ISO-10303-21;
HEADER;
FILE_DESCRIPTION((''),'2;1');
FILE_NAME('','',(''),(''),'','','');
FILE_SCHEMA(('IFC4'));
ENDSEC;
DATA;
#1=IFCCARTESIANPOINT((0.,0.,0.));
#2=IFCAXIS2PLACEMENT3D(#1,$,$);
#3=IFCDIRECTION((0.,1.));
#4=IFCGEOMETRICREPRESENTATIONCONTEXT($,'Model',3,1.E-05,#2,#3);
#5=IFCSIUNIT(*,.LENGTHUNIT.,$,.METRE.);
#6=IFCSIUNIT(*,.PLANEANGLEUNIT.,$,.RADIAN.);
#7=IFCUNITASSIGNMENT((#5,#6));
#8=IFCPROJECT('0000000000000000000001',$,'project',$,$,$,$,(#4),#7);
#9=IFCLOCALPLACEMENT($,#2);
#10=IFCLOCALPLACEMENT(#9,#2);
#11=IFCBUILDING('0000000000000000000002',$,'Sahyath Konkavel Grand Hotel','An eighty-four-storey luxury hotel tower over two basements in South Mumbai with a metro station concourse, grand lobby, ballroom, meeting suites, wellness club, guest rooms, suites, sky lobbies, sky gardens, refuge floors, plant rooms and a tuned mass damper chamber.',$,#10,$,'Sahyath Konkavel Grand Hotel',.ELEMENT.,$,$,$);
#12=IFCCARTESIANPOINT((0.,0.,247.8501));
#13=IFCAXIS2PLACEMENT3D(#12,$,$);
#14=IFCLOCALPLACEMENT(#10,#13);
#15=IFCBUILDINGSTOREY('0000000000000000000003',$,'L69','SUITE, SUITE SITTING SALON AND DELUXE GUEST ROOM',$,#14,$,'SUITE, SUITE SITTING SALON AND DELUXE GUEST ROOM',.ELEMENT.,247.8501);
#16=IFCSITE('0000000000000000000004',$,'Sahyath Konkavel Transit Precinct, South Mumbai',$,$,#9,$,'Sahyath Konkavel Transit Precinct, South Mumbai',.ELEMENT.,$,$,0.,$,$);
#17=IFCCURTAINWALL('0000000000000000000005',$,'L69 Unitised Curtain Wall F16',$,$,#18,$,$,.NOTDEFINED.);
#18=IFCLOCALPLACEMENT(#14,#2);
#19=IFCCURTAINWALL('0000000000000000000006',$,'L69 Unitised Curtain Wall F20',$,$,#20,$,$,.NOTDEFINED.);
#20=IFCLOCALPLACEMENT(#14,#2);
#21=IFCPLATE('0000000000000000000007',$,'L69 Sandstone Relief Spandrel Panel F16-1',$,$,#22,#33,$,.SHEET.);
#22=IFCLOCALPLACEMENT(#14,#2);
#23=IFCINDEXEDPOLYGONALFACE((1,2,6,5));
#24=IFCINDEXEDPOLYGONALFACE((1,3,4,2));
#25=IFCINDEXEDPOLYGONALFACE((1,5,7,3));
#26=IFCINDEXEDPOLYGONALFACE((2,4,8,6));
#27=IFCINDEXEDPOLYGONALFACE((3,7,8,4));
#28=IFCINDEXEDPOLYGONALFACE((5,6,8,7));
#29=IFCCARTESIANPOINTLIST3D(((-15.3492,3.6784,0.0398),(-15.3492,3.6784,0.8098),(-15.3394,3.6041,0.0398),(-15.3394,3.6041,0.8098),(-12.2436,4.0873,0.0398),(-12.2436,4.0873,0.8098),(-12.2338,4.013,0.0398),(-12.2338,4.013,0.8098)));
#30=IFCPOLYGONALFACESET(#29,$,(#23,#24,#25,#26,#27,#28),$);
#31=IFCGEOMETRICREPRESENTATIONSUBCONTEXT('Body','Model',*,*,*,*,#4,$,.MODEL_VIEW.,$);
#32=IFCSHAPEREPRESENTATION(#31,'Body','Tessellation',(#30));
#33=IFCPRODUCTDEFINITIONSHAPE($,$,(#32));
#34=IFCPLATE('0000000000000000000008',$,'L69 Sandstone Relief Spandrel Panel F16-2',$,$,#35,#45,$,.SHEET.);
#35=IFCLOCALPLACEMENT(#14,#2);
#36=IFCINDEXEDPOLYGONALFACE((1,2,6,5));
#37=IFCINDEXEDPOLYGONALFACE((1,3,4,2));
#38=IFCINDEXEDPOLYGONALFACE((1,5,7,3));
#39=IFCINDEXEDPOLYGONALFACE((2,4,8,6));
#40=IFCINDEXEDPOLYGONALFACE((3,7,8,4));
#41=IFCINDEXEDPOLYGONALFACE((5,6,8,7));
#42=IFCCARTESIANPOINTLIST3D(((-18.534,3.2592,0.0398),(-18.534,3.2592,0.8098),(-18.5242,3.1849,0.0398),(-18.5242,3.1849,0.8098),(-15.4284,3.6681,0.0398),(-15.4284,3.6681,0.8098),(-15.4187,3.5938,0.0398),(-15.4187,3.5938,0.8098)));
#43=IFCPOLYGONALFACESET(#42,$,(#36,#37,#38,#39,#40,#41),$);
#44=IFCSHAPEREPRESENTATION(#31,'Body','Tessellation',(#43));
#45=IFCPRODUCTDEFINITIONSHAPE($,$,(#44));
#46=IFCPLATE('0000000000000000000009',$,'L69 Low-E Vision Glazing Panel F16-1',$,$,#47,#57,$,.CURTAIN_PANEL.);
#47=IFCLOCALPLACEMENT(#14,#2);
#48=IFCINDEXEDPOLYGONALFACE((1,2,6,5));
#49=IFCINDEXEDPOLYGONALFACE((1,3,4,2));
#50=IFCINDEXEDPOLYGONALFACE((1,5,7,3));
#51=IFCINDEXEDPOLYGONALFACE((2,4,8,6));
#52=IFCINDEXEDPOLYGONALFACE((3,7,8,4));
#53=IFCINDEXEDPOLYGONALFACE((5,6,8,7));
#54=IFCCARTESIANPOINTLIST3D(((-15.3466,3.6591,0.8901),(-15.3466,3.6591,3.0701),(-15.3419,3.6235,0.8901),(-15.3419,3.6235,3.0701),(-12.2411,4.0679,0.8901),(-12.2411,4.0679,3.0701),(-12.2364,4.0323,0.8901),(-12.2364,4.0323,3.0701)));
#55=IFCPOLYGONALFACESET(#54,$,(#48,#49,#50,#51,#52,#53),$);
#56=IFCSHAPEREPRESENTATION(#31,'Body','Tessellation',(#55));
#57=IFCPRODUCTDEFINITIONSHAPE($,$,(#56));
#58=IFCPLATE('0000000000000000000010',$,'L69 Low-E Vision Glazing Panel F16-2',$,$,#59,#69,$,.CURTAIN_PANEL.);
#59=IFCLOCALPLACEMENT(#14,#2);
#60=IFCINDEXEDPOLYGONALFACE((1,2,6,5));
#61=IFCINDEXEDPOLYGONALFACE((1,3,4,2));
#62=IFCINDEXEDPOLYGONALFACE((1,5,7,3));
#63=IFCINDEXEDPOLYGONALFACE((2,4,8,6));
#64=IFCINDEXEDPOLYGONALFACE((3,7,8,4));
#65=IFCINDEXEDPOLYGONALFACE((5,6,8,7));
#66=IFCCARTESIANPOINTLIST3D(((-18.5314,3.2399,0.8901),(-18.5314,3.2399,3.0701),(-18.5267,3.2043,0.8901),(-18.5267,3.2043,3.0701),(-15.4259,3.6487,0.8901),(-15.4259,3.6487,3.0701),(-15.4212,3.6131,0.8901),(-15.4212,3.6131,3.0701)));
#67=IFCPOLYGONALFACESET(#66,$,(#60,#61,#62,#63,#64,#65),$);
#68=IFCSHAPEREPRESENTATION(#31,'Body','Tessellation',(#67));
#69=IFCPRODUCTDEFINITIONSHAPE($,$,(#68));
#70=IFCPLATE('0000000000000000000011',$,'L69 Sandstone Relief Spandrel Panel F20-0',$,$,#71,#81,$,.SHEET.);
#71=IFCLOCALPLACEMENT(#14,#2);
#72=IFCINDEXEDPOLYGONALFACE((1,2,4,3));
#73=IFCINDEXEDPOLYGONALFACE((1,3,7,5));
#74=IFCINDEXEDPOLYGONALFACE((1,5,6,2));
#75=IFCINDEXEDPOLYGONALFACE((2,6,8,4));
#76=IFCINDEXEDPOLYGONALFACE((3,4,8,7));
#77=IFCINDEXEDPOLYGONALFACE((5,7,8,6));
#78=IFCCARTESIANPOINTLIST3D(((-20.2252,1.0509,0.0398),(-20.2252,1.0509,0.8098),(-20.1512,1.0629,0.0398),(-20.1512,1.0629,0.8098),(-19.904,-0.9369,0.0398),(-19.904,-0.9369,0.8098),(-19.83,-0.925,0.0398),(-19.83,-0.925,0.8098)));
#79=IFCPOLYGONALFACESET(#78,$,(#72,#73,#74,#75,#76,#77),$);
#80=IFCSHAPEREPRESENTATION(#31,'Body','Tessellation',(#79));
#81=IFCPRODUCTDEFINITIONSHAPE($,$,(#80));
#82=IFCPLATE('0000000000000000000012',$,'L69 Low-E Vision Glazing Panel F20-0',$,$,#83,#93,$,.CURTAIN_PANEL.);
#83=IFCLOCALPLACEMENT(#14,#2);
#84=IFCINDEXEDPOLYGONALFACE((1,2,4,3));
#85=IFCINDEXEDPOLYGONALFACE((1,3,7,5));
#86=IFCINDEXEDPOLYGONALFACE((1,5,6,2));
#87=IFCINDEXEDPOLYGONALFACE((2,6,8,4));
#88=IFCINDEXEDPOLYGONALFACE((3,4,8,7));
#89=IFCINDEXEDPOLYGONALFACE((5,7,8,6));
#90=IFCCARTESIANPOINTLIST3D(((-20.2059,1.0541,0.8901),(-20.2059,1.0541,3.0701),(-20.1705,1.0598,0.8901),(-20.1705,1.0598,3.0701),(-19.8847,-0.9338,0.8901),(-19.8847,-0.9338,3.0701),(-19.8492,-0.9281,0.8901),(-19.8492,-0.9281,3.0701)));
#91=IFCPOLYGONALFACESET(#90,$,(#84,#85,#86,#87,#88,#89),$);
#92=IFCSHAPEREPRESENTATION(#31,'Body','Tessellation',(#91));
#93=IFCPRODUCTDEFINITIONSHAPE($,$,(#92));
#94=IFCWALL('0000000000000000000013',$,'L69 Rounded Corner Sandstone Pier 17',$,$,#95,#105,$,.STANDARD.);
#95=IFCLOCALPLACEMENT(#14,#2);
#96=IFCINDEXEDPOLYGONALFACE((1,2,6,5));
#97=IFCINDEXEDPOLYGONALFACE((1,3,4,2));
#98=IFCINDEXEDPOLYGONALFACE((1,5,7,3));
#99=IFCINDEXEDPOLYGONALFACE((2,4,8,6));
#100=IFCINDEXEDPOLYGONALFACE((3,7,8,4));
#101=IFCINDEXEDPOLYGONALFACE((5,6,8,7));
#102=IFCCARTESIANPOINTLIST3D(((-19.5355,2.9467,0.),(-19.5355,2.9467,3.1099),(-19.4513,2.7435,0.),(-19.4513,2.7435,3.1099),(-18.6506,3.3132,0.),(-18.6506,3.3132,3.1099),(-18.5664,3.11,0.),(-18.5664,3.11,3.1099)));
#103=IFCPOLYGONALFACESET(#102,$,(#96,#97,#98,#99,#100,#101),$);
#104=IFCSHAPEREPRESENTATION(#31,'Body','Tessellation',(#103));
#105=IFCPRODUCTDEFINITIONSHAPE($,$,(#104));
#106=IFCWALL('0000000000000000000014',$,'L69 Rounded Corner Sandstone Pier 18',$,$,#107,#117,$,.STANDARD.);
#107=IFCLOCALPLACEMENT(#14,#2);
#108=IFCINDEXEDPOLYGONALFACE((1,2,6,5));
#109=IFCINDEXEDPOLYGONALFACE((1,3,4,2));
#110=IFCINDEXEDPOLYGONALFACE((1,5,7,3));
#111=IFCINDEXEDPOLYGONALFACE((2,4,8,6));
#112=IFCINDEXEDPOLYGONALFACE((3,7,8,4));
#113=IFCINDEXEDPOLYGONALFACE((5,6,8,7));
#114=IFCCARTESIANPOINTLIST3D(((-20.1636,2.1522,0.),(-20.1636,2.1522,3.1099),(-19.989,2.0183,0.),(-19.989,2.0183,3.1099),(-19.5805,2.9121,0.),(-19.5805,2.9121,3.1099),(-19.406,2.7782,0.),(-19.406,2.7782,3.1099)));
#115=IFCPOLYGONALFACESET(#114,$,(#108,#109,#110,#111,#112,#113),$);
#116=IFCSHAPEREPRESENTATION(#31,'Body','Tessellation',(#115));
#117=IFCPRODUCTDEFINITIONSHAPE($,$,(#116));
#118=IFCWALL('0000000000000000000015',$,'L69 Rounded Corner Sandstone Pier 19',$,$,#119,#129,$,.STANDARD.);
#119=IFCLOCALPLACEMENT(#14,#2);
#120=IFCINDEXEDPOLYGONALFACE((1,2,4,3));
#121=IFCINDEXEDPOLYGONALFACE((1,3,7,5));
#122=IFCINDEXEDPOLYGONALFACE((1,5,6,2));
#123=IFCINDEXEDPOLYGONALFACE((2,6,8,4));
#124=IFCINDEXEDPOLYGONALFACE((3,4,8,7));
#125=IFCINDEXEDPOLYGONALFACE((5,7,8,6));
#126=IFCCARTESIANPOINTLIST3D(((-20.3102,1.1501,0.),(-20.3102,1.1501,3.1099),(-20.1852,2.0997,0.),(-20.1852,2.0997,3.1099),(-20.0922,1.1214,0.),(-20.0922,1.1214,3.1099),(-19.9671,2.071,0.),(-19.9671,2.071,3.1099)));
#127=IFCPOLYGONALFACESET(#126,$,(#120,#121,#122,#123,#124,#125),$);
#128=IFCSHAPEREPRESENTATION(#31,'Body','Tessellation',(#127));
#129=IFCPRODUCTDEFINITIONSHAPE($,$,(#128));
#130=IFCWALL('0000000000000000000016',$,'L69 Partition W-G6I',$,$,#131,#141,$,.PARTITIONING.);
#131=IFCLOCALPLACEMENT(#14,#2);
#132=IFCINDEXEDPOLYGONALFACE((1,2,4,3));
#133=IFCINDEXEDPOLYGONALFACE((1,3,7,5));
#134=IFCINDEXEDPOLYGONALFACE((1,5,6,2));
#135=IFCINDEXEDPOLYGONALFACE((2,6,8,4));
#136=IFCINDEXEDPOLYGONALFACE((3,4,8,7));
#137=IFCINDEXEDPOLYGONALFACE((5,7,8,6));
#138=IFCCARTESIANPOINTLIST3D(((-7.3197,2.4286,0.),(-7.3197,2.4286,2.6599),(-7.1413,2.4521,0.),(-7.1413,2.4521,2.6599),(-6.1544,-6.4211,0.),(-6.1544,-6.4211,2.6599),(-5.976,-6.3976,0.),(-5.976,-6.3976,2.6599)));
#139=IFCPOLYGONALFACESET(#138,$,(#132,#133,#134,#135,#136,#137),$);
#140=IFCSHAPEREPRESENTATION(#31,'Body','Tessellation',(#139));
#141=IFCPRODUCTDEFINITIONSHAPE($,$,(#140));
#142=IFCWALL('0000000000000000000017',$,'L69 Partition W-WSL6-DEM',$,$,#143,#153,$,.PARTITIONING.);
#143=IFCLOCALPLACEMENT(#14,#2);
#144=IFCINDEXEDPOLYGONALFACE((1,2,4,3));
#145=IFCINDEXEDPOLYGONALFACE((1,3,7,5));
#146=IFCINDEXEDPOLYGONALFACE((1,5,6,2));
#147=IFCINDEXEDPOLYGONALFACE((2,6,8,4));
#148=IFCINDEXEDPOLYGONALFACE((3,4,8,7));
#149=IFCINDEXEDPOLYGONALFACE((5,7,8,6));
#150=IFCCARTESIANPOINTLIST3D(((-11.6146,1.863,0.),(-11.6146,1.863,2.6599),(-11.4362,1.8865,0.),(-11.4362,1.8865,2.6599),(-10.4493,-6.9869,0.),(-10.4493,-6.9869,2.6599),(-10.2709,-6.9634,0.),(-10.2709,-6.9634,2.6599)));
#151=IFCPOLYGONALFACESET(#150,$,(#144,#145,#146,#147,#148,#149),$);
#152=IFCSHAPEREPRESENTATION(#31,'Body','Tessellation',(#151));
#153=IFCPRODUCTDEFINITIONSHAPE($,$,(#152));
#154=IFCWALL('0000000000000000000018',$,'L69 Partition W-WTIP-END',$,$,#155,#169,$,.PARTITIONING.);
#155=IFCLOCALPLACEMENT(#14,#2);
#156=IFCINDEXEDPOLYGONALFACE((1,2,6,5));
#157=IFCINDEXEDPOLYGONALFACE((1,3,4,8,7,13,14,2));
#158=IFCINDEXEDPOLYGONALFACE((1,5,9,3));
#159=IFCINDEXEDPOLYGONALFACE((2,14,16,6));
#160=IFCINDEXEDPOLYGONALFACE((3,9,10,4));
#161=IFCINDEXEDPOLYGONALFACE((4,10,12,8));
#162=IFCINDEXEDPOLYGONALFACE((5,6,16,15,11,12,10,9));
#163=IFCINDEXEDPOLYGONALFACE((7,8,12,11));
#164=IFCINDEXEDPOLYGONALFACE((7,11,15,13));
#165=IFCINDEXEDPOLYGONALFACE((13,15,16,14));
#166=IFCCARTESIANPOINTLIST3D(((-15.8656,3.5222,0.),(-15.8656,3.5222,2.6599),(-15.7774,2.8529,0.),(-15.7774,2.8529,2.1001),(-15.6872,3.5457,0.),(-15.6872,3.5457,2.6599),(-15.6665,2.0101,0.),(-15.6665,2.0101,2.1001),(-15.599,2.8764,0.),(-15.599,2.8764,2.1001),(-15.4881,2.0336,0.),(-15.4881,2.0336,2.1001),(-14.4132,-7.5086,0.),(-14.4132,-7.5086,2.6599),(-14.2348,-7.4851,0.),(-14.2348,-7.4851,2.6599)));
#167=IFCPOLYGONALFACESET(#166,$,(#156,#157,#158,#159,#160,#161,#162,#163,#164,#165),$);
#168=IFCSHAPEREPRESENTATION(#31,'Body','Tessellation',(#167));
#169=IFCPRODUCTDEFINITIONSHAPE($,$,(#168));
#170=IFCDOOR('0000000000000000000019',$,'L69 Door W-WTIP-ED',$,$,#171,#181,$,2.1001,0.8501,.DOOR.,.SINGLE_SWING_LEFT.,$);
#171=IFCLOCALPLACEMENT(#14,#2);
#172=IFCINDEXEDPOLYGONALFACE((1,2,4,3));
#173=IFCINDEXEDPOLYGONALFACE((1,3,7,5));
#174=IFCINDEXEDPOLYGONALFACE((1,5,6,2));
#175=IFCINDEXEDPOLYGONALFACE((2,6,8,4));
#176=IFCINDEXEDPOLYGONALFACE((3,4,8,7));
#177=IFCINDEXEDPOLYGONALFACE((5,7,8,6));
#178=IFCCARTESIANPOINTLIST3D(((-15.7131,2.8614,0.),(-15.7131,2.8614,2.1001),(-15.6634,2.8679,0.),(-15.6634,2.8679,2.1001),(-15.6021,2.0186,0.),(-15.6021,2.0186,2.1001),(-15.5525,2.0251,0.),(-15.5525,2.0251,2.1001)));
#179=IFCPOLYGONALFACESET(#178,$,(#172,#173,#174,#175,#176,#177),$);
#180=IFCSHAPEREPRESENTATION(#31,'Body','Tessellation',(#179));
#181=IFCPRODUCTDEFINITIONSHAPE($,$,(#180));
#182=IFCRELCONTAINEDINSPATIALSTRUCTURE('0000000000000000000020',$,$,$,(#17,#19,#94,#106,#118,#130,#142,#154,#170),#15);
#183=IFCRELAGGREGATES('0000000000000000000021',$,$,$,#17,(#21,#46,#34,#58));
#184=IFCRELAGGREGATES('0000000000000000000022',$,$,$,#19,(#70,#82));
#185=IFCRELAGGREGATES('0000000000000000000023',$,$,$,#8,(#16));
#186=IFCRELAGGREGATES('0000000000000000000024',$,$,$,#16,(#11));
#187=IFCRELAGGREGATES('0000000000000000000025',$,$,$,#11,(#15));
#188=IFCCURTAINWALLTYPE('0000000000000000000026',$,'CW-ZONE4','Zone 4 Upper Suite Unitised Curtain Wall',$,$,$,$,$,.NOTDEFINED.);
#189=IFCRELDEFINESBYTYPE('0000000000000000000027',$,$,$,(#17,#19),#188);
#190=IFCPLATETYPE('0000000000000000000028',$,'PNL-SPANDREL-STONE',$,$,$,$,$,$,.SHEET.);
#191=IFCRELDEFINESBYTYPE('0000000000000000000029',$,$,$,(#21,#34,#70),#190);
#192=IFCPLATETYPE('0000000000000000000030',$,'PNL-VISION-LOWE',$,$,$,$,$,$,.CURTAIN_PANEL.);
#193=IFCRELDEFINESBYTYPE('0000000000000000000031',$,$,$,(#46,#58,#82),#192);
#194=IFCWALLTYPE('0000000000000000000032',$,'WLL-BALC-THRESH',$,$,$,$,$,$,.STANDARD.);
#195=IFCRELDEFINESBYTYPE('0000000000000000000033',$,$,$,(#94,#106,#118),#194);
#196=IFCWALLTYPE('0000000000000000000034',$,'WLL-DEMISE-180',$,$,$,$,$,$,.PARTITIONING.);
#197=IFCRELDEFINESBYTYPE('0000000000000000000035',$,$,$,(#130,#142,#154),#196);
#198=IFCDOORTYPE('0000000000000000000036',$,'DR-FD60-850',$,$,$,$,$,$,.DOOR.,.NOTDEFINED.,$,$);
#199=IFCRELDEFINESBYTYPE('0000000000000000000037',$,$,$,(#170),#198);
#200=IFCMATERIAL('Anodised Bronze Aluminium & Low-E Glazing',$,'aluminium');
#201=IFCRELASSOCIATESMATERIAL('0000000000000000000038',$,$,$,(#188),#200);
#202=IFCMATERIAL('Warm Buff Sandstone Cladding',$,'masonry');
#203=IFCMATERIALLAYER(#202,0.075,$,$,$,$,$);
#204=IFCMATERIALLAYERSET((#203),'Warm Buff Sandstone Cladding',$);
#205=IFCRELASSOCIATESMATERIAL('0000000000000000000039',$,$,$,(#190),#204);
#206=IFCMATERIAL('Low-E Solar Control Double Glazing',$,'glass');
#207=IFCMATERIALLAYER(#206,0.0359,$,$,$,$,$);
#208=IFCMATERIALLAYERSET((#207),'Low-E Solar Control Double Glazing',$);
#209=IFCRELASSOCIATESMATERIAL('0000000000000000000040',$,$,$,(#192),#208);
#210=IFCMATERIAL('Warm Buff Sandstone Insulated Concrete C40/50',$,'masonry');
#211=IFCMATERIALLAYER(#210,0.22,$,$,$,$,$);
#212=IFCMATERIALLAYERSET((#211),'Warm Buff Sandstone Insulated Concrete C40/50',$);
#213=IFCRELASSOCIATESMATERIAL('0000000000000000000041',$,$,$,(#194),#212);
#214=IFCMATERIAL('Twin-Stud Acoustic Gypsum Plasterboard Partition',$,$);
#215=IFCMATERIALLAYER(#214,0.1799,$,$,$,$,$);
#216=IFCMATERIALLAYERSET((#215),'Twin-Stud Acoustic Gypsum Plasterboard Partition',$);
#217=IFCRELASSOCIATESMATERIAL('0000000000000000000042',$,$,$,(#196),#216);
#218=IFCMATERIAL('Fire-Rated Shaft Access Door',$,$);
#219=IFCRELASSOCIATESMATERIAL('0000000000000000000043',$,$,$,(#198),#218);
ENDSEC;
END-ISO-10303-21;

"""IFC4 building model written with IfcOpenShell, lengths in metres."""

from ifc_helpers import new_model, si_unit, direction, frame, frame_2d, origin, origin_2d, place, context, subcontext, project, spatial, rectangle, extrude, source, transform, mapped, material, layer, layer_set, type_object, element, fill, aggregate, save


model = new_model("IFC4")

# Units and contexts
model_context = context("Model", 3, precision=1e-05, world=origin(), true_north=direction((0.0, 1.0)))
body_context = subcontext(model_context, "Body", "Model", "MODEL_VIEW")
ifc_project = project(units=[si_unit("LENGTHUNIT", "METRE"), si_unit("PLANEANGLEUNIT", "RADIAN")], contexts=[model_context])

# Site, building, storey
site_placement = place(None, origin())
site = spatial("IfcSite", under=ifc_project, at=site_placement, Name="Sahyath Konkavel Transit Precinct, South Mumbai", LongName="Sahyath Konkavel Transit Precinct, South Mumbai", CompositionType="ELEMENT", RefElevation=0.0)
building_placement = place(site_placement, origin())
building = spatial("IfcBuilding", under=site, at=building_placement, Name="Sahyath Konkavel Grand Hotel", Description="An eighty-four-storey luxury hotel tower over two basements in South Mumbai with a metro station concourse, grand lobby, ballroom, meeting suites, wellness club, guest rooms, suites, sky lobbies, sky gardens, refuge floors, plant rooms and a tuned mass damper chamber.", LongName="Sahyath Konkavel Grand Hotel", CompositionType="ELEMENT")
storey_placement = place(building_placement, frame((0.0, 0.0, 247.8501)))
storey = spatial("IfcBuildingStorey", under=building, at=storey_placement, Name="L69", Description="SUITE, SUITE SITTING SALON AND DELUXE GUEST ROOM", LongName="SUITE, SUITE SITTING SALON AND DELUXE GUEST ROOM", CompositionType="ELEMENT", Elevation=247.8501)

# Curtain wall
ifc_material_1 = material(Name="Anodised Bronze Aluminium & Low-E Glazing", Category="aluminium")
curtain_wall_type = type_object("IfcCurtainWallType", Name="CW-ZONE4", Description="Zone 4 Upper Suite Unitised Curtain Wall", PredefinedType="NOTDEFINED", material=ifc_material_1)
curtain_wall_1_placement = place(storey_placement, origin())
curtain_wall_1 = element("IfcCurtainWall", 1, at=curtain_wall_1_placement, inside=storey, type_object=curtain_wall_type, Name="L69 Unitised Curtain Wall F16", PredefinedType="NOTDEFINED")

# Curtain wall
curtain_wall_2_placement = place(storey_placement, origin())
curtain_wall_2 = element("IfcCurtainWall", 2, at=curtain_wall_2_placement, inside=storey, type_object=curtain_wall_type, Name="L69 Unitised Curtain Wall F20", PredefinedType="NOTDEFINED")

# Plates
ifc_material_2 = material(Name="Warm Buff Sandstone Cladding", Category="masonry")
ifc_layer_1 = layer(ifc_material_2, 0.075)
ifc_layer_set_1 = layer_set([ifc_layer_1], Name="Warm Buff Sandstone Cladding")
plate_type_1 = type_object("IfcPlateType", Name="PNL-SPANDREL-STONE", PredefinedType="SHEET", material=ifc_layer_set_1)
shared_shape_1 = source(origin(), body_context, "Body", "SweptSolid", [
    extrude(rectangle(XDim=3.1323, YDim=0.075, at=origin_2d()), origin(), (0.0, 0.0, 1.0), 0.77),
])
plate_1_placement = place(storey_placement, frame((-13.7915, 3.8457, 0.0398), z_axis=(0.0, 0.0, 1.0), x_axis=(-0.991445, -0.130526, 0.0)))
plate_1 = element("IfcPlate", 3, at=plate_1_placement, type_object=plate_type_1, Name="L69 Sandstone Relief Spandrel Panel F16-1", PredefinedType="SHEET", context=body_context, shape_type="MappedRepresentation", body=[
    mapped(shared_shape_1, transform((0.0, 0.0, 0.0), scale=1.0)),
])
plate_2_placement = place(storey_placement, frame((-16.9763, 3.4265, 0.0398), z_axis=(0.0, 0.0, 1.0), x_axis=(-0.991445, -0.130526, 0.0)))
plate_2 = element("IfcPlate", 4, at=plate_2_placement, type_object=plate_type_1, Name="L69 Sandstone Relief Spandrel Panel F16-2", PredefinedType="SHEET", context=body_context, shape_type="MappedRepresentation", body=[
    mapped(shared_shape_1, transform((0.0, 0.0, 0.0), scale=1.0)),
])
ifc_material_3 = material(Name="Low-E Solar Control Double Glazing", Category="glass")
ifc_layer_2 = layer(ifc_material_3, 0.0359)
ifc_layer_set_2 = layer_set([ifc_layer_2], Name="Low-E Solar Control Double Glazing")
plate_type_2 = type_object("IfcPlateType", Name="PNL-VISION-LOWE", PredefinedType="CURTAIN_PANEL", material=ifc_layer_set_2)
shared_shape_2 = source(origin(), body_context, "Body", "SweptSolid", [
    extrude(rectangle(XDim=3.1323, YDim=0.0359, at=origin_2d()), origin(), (0.0, 0.0, 1.0), 2.1799),
])
plate_3_placement = place(storey_placement, frame((-13.7915, 3.8457, 0.8901), z_axis=(0.0, 0.0, 1.0), x_axis=(-0.991445, -0.130526, 0.0)))
plate_3 = element("IfcPlate", 5, at=plate_3_placement, type_object=plate_type_2, Name="L69 Low-E Vision Glazing Panel F16-1", PredefinedType="CURTAIN_PANEL", context=body_context, shape_type="MappedRepresentation", body=[
    mapped(shared_shape_2, transform((0.0, 0.0, 0.0), scale=1.0)),
])
plate_4_placement = place(storey_placement, frame((-16.9763, 3.4265, 0.8901), z_axis=(0.0, 0.0, 1.0), x_axis=(-0.991445, -0.130526, 0.0)))
plate_4 = element("IfcPlate", 6, at=plate_4_placement, type_object=plate_type_2, Name="L69 Low-E Vision Glazing Panel F16-2", PredefinedType="CURTAIN_PANEL", context=body_context, shape_type="MappedRepresentation", body=[
    mapped(shared_shape_2, transform((0.0, 0.0, 0.0), scale=1.0)),
])
aggregate(curtain_wall_1, [plate_1, plate_3, plate_2, plate_4])
shared_shape_3 = source(origin(), body_context, "Body", "SweptSolid", [
    extrude(rectangle(XDim=2.0137, YDim=0.075, at=origin_2d()), origin(), (0.0, 0.0, 1.0), 0.77),
])
plate_5_placement = place(storey_placement, frame((-20.0276, 0.063, 0.0398), z_axis=(0.0, 0.0, 1.0), x_axis=(0.159537, -0.987192, 0.0)))
plate_5 = element("IfcPlate", 7, at=plate_5_placement, type_object=plate_type_1, Name="L69 Sandstone Relief Spandrel Panel F20-0", PredefinedType="SHEET", context=body_context, shape_type="MappedRepresentation", body=[
    mapped(shared_shape_3, transform((0.0, 0.0, 0.0), scale=1.0)),
])
shared_shape_4 = source(origin(), body_context, "Body", "SweptSolid", [
    extrude(rectangle(XDim=2.0137, YDim=0.0359, at=origin_2d()), origin(), (0.0, 0.0, 1.0), 2.1799),
])
plate_6_placement = place(storey_placement, frame((-20.0276, 0.063, 0.8901), z_axis=(0.0, 0.0, 1.0), x_axis=(0.159537, -0.987192, 0.0)))
plate_6 = element("IfcPlate", 8, at=plate_6_placement, type_object=plate_type_2, Name="L69 Low-E Vision Glazing Panel F20-0", PredefinedType="CURTAIN_PANEL", context=body_context, shape_type="MappedRepresentation", body=[
    mapped(shared_shape_4, transform((0.0, 0.0, 0.0), scale=1.0)),
])
aggregate(curtain_wall_2, [plate_5, plate_6])

# Walls
ifc_material_4 = material(Name="Warm Buff Sandstone Insulated Concrete C40/50", Category="masonry")
ifc_layer_3 = layer(ifc_material_4, 0.22)
ifc_layer_set_3 = layer_set([ifc_layer_3], Name="Warm Buff Sandstone Insulated Concrete C40/50")
wall_type_1 = type_object("IfcWallType", Name="WLL-BALC-THRESH", PredefinedType="STANDARD", material=ifc_layer_set_3)
for number, where, z_axis, x_axis, name in (
    (9, (-18.6084, 3.2117, 0.0), (0.0, 0.0, 1.0), (-0.923889, -0.38266, 0.0), "L69 Rounded Corner Sandstone Pier 17"),
    (10, (-19.4932, 2.8452, 0.0), (0.0, 0.0, 1.0), (-0.608774, -0.793344, 0.0), "L69 Rounded Corner Sandstone Pier 18"),
    (11, (-20.0762, 2.0854, 0.0), (0.0, 0.0, 1.0), (-0.130527, -0.991445, 0.0), "L69 Rounded Corner Sandstone Pier 19"),
):
    element("IfcWall", number, at=place(storey_placement, frame(where, z_axis=z_axis, x_axis=x_axis)), inside=storey, type_object=wall_type_1, Name=name, PredefinedType="STANDARD", context=body_context, shape_type="SweptSolid", body=[
        extrude(rectangle(XDim=0.9578, YDim=0.22, at=frame_2d((0.479, 0.0))), origin(), (0.0, 0.0, 1.0), 3.1099),
    ])
ifc_material_5 = material(Name="Twin-Stud Acoustic Gypsum Plasterboard Partition")
ifc_layer_4 = layer(ifc_material_5, 0.1799)
ifc_layer_set_4 = layer_set([ifc_layer_4], Name="Twin-Stud Acoustic Gypsum Plasterboard Partition")
wall_type_2 = type_object("IfcWallType", Name="WLL-DEMISE-180", PredefinedType="PARTITIONING", material=ifc_layer_set_4)
wall_1_placement = place(storey_placement, frame((-7.2305, 2.4402, 0.0), z_axis=(0.0, 0.0, 1.0), x_axis=(0.130549, -0.991442, 0.0)))
element("IfcWall", 12, at=wall_1_placement, inside=storey, type_object=wall_type_2, Name="L69 Partition W-G6I", PredefinedType="PARTITIONING", context=body_context, shape_type="SweptSolid", body=[
    extrude(rectangle(XDim=8.926, YDim=0.1799, at=frame_2d((4.4629, 0.0))), origin(), (0.0, 0.0, 1.0), 2.6599),
])
wall_2_placement = place(storey_placement, frame((-11.5254, 1.8748, 0.0), z_axis=(0.0, 0.0, 1.0), x_axis=(0.130546, -0.991442, 0.0)))
element("IfcWall", 13, at=wall_2_placement, inside=storey, type_object=wall_type_2, Name="L69 Partition W-WSL6-DEM", PredefinedType="PARTITIONING", context=body_context, shape_type="SweptSolid", body=[
    extrude(rectangle(XDim=8.9263, YDim=0.1799, at=frame_2d((4.4631, 0.0))), origin(), (0.0, 0.0, 1.0), 2.6599),
])

# Wall, opening, door
wall_3_placement = place(storey_placement, frame((-15.7764, 3.5339, 0.0), z_axis=(0.0, 0.0, 1.0), x_axis=(0.130541, -0.991443, 0.0)))
wall_3 = element("IfcWall", 14, at=wall_3_placement, inside=storey, type_object=wall_type_2, Name="L69 Partition W-WTIP-END", PredefinedType="PARTITIONING", context=body_context, shape_type="SweptSolid", body=[
    extrude(rectangle(XDim=11.126, YDim=0.1799, at=frame_2d((5.563, 0.0))), origin(), (0.0, 0.0, 1.0), 2.6599),
])
opening_1_placement = place(wall_3_placement, frame((0.675, 0.0, 0.0)))
opening_1 = element("IfcOpeningElement", 15, at=opening_1_placement, cuts=wall_3, PredefinedType="OPENING", context=body_context, shape_type="SweptSolid", body=[
    extrude(rectangle(XDim=0.8501, YDim=2.1001, at=frame_2d((0.425, 1.05))), frame((0.0, 0.1001, 0.0), z_axis=(0.0, -1.0, 0.0), x_axis=(1.0, 0.0, 0.0)), (0.0, 0.0, 1.0), 0.2),
])
ifc_material_6 = material(Name="Fire-Rated Shaft Access Door")
door_type = type_object("IfcDoorType", Name="DR-FD60-850", OperationType="NOTDEFINED", PredefinedType="DOOR", material=ifc_material_6)
shared_shape_5 = source(origin(), body_context, "Body", "SweptSolid", [
    extrude(rectangle(XDim=0.8501, YDim=0.05, at=origin_2d()), origin(), (0.0, 0.0, 1.0), 2.1001),
])
door_1_placement = place(opening_1_placement, frame((0.425, 0.0, 0.0)))
door_1 = element("IfcDoor", 16, at=door_1_placement, inside=storey, type_object=door_type, Name="L69 Door W-WTIP-ED", OperationType="SINGLE_SWING_LEFT", OverallHeight=2.1001, OverallWidth=0.8501, PredefinedType="DOOR", context=body_context, shape_type="MappedRepresentation", body=[
    mapped(shared_shape_5, transform((0.0, 0.0, 0.0), scale=1.0)),
])
fill(opening_1, door_1)

save(model, "model.ifc")
